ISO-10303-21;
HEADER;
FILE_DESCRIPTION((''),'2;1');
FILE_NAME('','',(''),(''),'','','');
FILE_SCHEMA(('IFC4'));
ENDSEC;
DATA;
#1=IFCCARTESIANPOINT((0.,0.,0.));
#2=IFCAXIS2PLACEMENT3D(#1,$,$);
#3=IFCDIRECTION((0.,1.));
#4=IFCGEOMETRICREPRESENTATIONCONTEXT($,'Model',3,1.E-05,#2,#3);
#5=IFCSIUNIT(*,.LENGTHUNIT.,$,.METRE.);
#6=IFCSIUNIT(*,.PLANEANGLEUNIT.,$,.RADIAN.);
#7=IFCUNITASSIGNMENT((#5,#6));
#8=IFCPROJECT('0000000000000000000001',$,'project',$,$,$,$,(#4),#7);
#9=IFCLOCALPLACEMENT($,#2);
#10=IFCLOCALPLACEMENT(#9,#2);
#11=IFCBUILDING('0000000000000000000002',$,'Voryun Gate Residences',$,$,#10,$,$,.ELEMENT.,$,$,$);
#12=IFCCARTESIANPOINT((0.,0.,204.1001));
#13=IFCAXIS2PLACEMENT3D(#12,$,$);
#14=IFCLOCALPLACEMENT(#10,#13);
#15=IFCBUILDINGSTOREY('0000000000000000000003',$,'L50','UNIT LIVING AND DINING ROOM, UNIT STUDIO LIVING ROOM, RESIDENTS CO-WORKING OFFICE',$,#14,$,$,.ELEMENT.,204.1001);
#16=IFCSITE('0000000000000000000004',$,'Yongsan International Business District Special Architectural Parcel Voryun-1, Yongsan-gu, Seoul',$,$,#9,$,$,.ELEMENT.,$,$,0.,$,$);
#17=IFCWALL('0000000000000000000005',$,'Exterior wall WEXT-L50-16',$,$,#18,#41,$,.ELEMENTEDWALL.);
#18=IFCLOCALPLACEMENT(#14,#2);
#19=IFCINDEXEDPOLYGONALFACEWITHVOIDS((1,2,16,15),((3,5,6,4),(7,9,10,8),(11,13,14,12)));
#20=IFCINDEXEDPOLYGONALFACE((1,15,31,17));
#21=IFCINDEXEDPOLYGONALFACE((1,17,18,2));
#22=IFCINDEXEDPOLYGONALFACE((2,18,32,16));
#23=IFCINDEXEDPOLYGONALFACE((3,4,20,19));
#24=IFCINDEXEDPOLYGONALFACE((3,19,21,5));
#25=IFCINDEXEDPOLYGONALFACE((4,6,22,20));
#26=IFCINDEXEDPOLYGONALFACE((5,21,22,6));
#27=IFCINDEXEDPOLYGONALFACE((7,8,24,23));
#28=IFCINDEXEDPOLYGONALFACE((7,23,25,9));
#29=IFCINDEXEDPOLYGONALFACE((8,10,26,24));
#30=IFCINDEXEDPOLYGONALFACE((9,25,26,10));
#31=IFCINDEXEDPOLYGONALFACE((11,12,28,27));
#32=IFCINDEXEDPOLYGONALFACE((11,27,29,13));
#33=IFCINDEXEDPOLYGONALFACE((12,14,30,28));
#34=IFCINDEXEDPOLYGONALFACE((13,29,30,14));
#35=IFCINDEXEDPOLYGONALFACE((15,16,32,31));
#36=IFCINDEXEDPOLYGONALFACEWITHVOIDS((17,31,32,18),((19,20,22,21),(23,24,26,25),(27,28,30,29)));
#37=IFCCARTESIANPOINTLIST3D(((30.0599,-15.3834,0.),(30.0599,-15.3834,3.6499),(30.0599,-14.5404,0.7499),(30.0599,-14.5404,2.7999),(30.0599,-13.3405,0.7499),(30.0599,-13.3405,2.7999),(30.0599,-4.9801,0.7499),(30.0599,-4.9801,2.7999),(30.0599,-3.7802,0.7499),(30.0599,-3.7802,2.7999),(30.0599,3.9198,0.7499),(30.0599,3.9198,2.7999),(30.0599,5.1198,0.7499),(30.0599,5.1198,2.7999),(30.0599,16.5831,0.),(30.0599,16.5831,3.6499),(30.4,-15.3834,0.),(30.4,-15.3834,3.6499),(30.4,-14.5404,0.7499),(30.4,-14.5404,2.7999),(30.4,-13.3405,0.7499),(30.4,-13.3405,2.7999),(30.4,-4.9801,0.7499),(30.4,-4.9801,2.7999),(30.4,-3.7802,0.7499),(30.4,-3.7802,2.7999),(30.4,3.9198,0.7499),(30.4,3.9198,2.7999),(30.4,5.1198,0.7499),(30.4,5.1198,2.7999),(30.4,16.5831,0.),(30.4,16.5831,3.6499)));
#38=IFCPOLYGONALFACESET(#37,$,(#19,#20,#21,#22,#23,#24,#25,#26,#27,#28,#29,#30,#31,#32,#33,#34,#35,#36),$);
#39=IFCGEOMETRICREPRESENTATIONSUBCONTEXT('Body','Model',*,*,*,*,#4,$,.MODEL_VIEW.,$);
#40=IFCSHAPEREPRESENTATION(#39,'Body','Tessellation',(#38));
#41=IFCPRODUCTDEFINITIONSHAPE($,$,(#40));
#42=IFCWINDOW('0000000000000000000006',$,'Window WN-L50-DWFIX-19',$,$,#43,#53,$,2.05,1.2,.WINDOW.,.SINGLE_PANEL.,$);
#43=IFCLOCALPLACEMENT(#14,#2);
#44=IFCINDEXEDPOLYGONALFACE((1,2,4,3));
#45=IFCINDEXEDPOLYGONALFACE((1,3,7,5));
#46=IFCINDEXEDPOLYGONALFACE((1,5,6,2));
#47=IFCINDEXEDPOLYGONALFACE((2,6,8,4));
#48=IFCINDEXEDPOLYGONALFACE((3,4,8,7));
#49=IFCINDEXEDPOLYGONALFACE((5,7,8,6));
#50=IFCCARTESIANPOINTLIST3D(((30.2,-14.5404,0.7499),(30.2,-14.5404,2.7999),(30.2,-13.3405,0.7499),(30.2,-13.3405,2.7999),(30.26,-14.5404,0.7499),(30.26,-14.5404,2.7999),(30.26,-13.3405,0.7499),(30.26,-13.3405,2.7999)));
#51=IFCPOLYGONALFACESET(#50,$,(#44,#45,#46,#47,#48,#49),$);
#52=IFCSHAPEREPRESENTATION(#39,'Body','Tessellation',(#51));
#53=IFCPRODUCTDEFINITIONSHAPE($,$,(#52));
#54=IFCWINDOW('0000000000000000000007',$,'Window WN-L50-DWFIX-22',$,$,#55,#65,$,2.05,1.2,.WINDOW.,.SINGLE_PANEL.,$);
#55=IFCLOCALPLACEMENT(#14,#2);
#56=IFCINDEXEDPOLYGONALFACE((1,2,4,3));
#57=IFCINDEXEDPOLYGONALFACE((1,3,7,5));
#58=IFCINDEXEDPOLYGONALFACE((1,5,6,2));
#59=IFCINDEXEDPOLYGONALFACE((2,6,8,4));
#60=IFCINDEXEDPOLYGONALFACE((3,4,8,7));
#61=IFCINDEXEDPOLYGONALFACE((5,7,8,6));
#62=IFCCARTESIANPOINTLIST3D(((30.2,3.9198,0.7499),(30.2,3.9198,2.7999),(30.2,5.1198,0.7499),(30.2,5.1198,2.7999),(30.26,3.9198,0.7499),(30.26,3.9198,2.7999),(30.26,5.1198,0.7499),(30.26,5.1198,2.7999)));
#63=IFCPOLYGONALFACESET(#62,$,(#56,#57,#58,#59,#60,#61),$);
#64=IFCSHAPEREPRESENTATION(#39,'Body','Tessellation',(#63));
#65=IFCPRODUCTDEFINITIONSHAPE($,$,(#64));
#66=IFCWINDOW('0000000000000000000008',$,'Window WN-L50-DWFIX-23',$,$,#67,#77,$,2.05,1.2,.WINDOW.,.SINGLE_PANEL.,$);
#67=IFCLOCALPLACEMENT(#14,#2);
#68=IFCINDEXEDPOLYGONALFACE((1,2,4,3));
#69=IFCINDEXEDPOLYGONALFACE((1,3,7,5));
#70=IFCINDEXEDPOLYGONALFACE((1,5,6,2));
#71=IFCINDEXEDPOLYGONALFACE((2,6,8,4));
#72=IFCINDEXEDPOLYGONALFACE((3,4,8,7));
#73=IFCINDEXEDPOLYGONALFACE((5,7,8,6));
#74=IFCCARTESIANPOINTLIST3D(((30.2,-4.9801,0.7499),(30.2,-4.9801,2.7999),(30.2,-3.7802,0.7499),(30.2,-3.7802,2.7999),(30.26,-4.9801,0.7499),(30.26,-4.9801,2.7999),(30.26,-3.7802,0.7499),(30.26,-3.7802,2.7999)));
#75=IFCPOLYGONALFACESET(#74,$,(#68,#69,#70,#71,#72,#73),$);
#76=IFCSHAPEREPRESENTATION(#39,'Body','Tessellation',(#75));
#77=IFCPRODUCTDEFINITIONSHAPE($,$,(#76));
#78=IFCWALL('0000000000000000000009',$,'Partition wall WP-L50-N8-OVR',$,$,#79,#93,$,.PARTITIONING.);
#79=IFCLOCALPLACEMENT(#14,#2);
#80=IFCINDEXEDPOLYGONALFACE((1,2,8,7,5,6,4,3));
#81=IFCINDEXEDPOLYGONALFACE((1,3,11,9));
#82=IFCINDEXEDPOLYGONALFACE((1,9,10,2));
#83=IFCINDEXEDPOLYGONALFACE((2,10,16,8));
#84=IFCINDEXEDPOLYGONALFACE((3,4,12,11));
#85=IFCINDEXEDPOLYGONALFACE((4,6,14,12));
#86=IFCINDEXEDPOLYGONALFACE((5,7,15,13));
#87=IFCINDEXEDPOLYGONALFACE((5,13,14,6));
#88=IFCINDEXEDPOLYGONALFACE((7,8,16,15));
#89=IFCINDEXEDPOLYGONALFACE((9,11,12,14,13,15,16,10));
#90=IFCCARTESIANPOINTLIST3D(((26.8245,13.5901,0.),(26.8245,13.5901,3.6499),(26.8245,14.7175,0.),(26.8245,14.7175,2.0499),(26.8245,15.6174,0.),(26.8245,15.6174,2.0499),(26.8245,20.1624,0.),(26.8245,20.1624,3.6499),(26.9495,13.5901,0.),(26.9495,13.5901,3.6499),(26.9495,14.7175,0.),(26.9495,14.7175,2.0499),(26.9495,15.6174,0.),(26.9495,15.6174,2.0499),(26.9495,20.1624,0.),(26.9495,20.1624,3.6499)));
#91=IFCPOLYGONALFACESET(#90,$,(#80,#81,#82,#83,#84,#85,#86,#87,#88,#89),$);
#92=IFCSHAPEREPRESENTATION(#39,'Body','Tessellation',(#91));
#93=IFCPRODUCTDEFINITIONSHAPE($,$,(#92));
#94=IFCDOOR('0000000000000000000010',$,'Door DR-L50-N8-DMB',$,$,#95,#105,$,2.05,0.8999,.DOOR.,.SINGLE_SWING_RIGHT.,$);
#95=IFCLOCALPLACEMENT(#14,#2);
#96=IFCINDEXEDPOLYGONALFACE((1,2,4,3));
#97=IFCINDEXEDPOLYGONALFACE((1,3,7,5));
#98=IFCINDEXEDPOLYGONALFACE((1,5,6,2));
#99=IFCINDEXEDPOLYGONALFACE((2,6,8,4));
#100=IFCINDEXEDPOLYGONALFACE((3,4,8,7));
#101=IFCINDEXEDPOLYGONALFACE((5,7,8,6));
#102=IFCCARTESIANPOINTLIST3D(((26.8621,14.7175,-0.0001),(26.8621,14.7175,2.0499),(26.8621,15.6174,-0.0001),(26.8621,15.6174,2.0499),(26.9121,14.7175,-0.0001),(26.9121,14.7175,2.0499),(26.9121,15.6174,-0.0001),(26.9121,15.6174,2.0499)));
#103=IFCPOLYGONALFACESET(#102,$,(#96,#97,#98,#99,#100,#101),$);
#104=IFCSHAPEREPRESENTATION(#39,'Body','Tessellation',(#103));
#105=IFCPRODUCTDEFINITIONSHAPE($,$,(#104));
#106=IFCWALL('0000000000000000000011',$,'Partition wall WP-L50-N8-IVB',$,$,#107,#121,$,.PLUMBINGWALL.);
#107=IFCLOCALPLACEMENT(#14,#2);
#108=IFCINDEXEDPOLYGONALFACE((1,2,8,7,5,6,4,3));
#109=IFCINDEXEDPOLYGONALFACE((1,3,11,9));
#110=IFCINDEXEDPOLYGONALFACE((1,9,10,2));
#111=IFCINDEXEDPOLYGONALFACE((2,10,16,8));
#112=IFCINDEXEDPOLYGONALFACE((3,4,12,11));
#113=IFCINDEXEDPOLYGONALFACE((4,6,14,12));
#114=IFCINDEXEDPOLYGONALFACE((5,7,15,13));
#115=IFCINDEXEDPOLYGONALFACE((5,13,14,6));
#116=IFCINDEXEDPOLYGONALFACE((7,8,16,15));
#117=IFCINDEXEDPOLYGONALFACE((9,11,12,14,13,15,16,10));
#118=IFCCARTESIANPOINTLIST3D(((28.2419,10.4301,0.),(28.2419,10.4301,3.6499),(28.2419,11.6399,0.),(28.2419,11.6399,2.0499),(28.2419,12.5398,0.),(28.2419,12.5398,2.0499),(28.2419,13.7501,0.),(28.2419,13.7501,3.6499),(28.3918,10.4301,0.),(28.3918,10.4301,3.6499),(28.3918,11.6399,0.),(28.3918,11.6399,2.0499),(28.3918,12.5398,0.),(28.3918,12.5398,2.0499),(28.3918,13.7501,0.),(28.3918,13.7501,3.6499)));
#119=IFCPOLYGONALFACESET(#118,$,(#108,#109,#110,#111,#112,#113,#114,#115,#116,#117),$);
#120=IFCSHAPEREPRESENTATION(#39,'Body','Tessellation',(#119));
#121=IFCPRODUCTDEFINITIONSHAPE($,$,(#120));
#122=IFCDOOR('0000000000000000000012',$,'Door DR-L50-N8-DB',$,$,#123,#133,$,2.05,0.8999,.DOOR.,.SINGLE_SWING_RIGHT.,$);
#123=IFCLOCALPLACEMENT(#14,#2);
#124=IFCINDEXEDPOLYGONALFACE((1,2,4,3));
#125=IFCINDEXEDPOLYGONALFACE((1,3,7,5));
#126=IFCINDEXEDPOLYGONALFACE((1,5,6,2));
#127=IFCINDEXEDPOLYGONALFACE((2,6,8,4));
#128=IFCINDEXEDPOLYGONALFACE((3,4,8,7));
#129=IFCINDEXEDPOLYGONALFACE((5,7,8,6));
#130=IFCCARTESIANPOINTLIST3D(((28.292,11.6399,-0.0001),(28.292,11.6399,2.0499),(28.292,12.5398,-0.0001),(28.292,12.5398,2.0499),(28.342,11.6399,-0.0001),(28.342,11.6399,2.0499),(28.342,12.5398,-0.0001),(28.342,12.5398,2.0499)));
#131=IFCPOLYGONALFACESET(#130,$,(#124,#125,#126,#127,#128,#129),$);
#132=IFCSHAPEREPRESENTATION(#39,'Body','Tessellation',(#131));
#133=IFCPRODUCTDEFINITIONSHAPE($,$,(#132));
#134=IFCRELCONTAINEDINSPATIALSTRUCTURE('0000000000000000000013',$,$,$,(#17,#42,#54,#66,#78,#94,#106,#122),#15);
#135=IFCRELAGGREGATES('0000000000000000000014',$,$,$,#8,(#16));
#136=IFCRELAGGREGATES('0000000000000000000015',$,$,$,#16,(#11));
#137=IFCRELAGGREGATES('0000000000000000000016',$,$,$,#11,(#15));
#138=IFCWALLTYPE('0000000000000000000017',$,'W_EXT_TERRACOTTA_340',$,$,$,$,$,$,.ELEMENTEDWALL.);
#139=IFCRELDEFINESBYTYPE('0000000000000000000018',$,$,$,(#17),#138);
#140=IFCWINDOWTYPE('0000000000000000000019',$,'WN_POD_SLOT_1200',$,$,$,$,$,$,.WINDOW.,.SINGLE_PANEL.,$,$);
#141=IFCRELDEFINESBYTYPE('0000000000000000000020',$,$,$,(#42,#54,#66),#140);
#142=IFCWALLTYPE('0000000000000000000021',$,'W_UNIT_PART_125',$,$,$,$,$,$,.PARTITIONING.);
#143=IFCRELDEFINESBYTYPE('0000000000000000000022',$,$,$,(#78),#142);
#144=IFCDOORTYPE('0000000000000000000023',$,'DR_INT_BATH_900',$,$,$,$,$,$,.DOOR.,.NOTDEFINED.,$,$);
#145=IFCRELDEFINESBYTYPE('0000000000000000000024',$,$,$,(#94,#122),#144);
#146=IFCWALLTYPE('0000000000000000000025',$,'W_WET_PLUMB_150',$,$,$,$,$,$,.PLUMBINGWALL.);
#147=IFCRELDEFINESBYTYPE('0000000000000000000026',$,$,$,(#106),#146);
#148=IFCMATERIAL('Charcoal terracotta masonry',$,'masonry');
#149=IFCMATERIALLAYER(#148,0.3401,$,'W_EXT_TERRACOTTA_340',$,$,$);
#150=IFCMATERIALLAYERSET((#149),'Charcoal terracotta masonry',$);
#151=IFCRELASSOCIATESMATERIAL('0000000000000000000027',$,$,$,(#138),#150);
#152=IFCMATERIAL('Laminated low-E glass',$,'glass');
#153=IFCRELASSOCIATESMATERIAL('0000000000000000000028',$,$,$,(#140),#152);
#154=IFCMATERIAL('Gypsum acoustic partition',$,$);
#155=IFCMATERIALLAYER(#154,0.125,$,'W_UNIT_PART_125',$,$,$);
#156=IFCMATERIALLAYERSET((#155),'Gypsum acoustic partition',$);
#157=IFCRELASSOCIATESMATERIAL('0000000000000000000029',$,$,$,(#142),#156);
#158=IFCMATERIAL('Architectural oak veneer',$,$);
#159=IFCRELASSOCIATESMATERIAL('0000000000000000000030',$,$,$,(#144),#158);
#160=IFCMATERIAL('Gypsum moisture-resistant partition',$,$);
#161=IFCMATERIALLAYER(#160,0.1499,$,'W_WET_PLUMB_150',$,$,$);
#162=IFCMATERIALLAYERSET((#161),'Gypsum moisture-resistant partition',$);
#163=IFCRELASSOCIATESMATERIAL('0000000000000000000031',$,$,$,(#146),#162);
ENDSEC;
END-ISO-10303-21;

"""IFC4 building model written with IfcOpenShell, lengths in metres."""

from ifc_helpers import new_model, si_unit, direction, frame, frame_2d, origin, place, context, subcontext, project, spatial, rectangle, extrude, material, layer, layer_set, type_object, element, fill, save


model = new_model("IFC4")

# Units and contexts
model_context = context("Model", 3, precision=1e-05, world=origin(), true_north=direction((0.0, 1.0)))
body_context = subcontext(model_context, "Body", "Model", "MODEL_VIEW")
ifc_project = project(units=[si_unit("LENGTHUNIT", "METRE"), si_unit("PLANEANGLEUNIT", "RADIAN")], contexts=[model_context])

# Site, building, storey
site_placement = place(None, origin())
site = spatial("IfcSite", under=ifc_project, at=site_placement, Name="Yongsan International Business District Special Architectural Parcel Voryun-1, Yongsan-gu, Seoul", CompositionType="ELEMENT", RefElevation=0.0)
building_placement = place(site_placement, origin())
building = spatial("IfcBuilding", under=site, at=building_placement, Name="Voryun Gate Residences", CompositionType="ELEMENT")
storey_placement = place(building_placement, frame((0.0, 0.0, 204.1001)))
storey = spatial("IfcBuildingStorey", under=building, at=storey_placement, Name="L50", Description="UNIT LIVING AND DINING ROOM, UNIT STUDIO LIVING ROOM, RESIDENTS CO-WORKING OFFICE", CompositionType="ELEMENT", Elevation=204.1001)

# Shared definitions
ifc_material_1 = material(Name="Charcoal terracotta masonry", Category="masonry")
ifc_layer_1 = layer(ifc_material_1, 0.3401, Name="W_EXT_TERRACOTTA_340")
ifc_layer_set_1 = layer_set([ifc_layer_1], Name="Charcoal terracotta masonry")
wall_type_1 = type_object("IfcWallType", Name="W_EXT_TERRACOTTA_340", PredefinedType="ELEMENTEDWALL", material=ifc_layer_set_1)

# Wall, openings, windows
wall_1_placement = place(storey_placement, frame((30.23, 16.5833, 0.0), z_axis=(0.0, 0.0, 1.0), x_axis=(0.0, -1.0, 0.0)))
wall_1 = element("IfcWall", 1, at=wall_1_placement, inside=storey, type_object=wall_type_1, Name="Exterior wall WEXT-L50-16", PredefinedType="ELEMENTEDWALL", context=body_context, shape_type="SweptSolid", body=[
    extrude(rectangle(XDim=31.9666, YDim=0.3401, at=frame_2d((15.9834, 0.0))), origin(), (0.0, 0.0, 1.0), 3.6499),
])
opening_1_placement = place(wall_1_placement, frame((29.9236, 0.0, 0.75)))
opening_1 = element("IfcOpeningElement", 2, at=opening_1_placement, cuts=wall_1, PredefinedType="OPENING", context=body_context, shape_type="SweptSolid", body=[
    extrude(rectangle(XDim=1.2, YDim=2.05, at=frame_2d((0.6001, 1.0249))), frame((0.0, 0.1799, 0.0), z_axis=(0.0, -1.0, 0.0), x_axis=(1.0, 0.0, 0.0)), (0.0, 0.0, 1.0), 0.3601),
])
opening_2_placement = place(wall_1_placement, frame((11.4634, 0.0, 0.75)))
opening_2 = element("IfcOpeningElement", 3, at=opening_2_placement, cuts=wall_1, PredefinedType="OPENING", context=body_context, shape_type="SweptSolid", body=[
    extrude(rectangle(XDim=1.2, YDim=2.05, at=frame_2d((0.6001, 1.0249))), frame((0.0, 0.1799, 0.0), z_axis=(0.0, -1.0, 0.0), x_axis=(1.0, 0.0, 0.0)), (0.0, 0.0, 1.0), 0.3601),
])
opening_3_placement = place(wall_1_placement, frame((20.3633, 0.0, 0.75)))
opening_3 = element("IfcOpeningElement", 4, at=opening_3_placement, cuts=wall_1, PredefinedType="OPENING", context=body_context, shape_type="SweptSolid", body=[
    extrude(rectangle(XDim=1.2, YDim=2.05, at=frame_2d((0.6001, 1.0249))), frame((0.0, 0.1799, 0.0), z_axis=(0.0, -1.0, 0.0), x_axis=(1.0, 0.0, 0.0)), (0.0, 0.0, 1.0), 0.3601),
])
ifc_material_2 = material(Name="Laminated low-E glass", Category="glass")
window_type = type_object("IfcWindowType", Name="WN_POD_SLOT_1200", PartitioningType="SINGLE_PANEL", PredefinedType="WINDOW", material=ifc_material_2)
window_1_placement = place(opening_1_placement, origin())
window_1 = element("IfcWindow", 5, at=window_1_placement, inside=storey, type_object=window_type, Name="Window WN-L50-DWFIX-19", OverallHeight=2.05, OverallWidth=1.2, PartitioningType="SINGLE_PANEL", PredefinedType="WINDOW", context=body_context, shape_type="SweptSolid", body=[
    extrude(rectangle(XDim=1.2, YDim=2.05, at=frame_2d((0.6001, 1.0249))), frame((0.0, 0.03, 0.0), z_axis=(0.0, -1.0, 0.0), x_axis=(1.0, 0.0, 0.0)), (0.0, 0.0, 1.0), 0.0601),
])
fill(opening_1, window_1)
window_2_placement = place(opening_2_placement, origin())
window_2 = element("IfcWindow", 6, at=window_2_placement, inside=storey, type_object=window_type, Name="Window WN-L50-DWFIX-22", OverallHeight=2.05, OverallWidth=1.2, PartitioningType="SINGLE_PANEL", PredefinedType="WINDOW", context=body_context, shape_type="SweptSolid", body=[
    extrude(rectangle(XDim=1.2, YDim=2.05, at=frame_2d((0.6001, 1.0249))), frame((0.0, 0.03, 0.0), z_axis=(0.0, -1.0, 0.0), x_axis=(1.0, 0.0, 0.0)), (0.0, 0.0, 1.0), 0.0601),
])
fill(opening_2, window_2)
window_3_placement = place(opening_3_placement, origin())
window_3 = element("IfcWindow", 7, at=window_3_placement, inside=storey, type_object=window_type, Name="Window WN-L50-DWFIX-23", OverallHeight=2.05, OverallWidth=1.2, PartitioningType="SINGLE_PANEL", PredefinedType="WINDOW", context=body_context, shape_type="SweptSolid", body=[
    extrude(rectangle(XDim=1.2, YDim=2.05, at=frame_2d((0.6001, 1.0249))), frame((0.0, 0.03, 0.0), z_axis=(0.0, -1.0, 0.0), x_axis=(1.0, 0.0, 0.0)), (0.0, 0.0, 1.0), 0.0601),
])
fill(opening_3, window_3)

# Walls, openings, doors
ifc_material_3 = material(Name="Gypsum acoustic partition")
ifc_layer_2 = layer(ifc_material_3, 0.125, Name="W_UNIT_PART_125")
ifc_layer_set_2 = layer_set([ifc_layer_2], Name="Gypsum acoustic partition")
wall_type_2 = type_object("IfcWallType", Name="W_UNIT_PART_125", PredefinedType="PARTITIONING", material=ifc_layer_set_2)
wall_2_placement = place(storey_placement, frame((26.887, 13.5901, 0.0), z_axis=(0.0, 0.0, 1.0), x_axis=(0.0, 1.0, 0.0)))
wall_2 = element("IfcWall", 8, at=wall_2_placement, inside=storey, type_object=wall_type_2, Name="Partition wall WP-L50-N8-OVR", PredefinedType="PARTITIONING", context=body_context, shape_type="SweptSolid", body=[
    extrude(rectangle(XDim=6.5723, YDim=0.125, at=frame_2d((3.2861, 0.0))), origin(), (0.0, 0.0, 1.0), 3.6499),
])
opening_4_placement = place(wall_2_placement, frame((1.1274, 0.0, 0.0)))
opening_4 = element("IfcOpeningElement", 9, at=opening_4_placement, cuts=wall_2, PredefinedType="OPENING", context=body_context, shape_type="SweptSolid", body=[
    extrude(rectangle(XDim=0.8999, YDim=2.05, at=frame_2d((0.45, 1.0249))), frame((0.0, 0.0725, 0.0), z_axis=(0.0, -1.0, 0.0), x_axis=(1.0, 0.0, 0.0)), (0.0, 0.0, 1.0), 0.145),
])
ifc_material_4 = material(Name="Architectural oak veneer")
door_type = type_object("IfcDoorType", Name="DR_INT_BATH_900", OperationType="NOTDEFINED", PredefinedType="DOOR", material=ifc_material_4)
door_1_placement = place(opening_4_placement, origin())
door_1 = element("IfcDoor", 10, at=door_1_placement, inside=storey, type_object=door_type, Name="Door DR-L50-N8-DMB", OperationType="SINGLE_SWING_RIGHT", OverallHeight=2.05, OverallWidth=0.8999, PredefinedType="DOOR", context=body_context, shape_type="SweptSolid", body=[
    extrude(rectangle(XDim=0.8999, YDim=2.05, at=frame_2d((0.45, 1.0249))), frame((0.0, 0.0249, 0.0), z_axis=(0.0, -1.0, 0.0), x_axis=(1.0, 0.0, 0.0)), (0.0, 0.0, 1.0), 0.05),
])
fill(opening_4, door_1)
ifc_material_5 = material(Name="Gypsum moisture-resistant partition")
ifc_layer_3 = layer(ifc_material_5, 0.1499, Name="W_WET_PLUMB_150")
ifc_layer_set_3 = layer_set([ifc_layer_3], Name="Gypsum moisture-resistant partition")
wall_type_3 = type_object("IfcWallType", Name="W_WET_PLUMB_150", PredefinedType="PLUMBINGWALL", material=ifc_layer_set_3)
wall_3_placement = place(storey_placement, frame((28.3169, 10.4299, 0.0), z_axis=(0.0, 0.0, 1.0), x_axis=(0.0, 1.0, 0.0)))
wall_3 = element("IfcWall", 11, at=wall_3_placement, inside=storey, type_object=wall_type_3, Name="Partition wall WP-L50-N8-IVB", PredefinedType="PLUMBINGWALL", context=body_context, shape_type="SweptSolid", body=[
    extrude(rectangle(XDim=3.3201, YDim=0.1499, at=frame_2d((1.6602, 0.0))), origin(), (0.0, 0.0, 1.0), 3.6499),
])
opening_5_placement = place(wall_3_placement, frame((1.21, 0.0, 0.0)))
opening_5 = element("IfcOpeningElement", 12, at=opening_5_placement, cuts=wall_3, PredefinedType="OPENING", context=body_context, shape_type="SweptSolid", body=[
    extrude(rectangle(XDim=0.8999, YDim=2.05, at=frame_2d((0.45, 1.0249))), frame((0.0, 0.085, 0.0), z_axis=(0.0, -1.0, 0.0), x_axis=(1.0, 0.0, 0.0)), (0.0, 0.0, 1.0), 0.1699),
])
door_2_placement = place(opening_5_placement, origin())
door_2 = element("IfcDoor", 13, at=door_2_placement, inside=storey, type_object=door_type, Name="Door DR-L50-N8-DB", OperationType="SINGLE_SWING_RIGHT", OverallHeight=2.05, OverallWidth=0.8999, PredefinedType="DOOR", context=body_context, shape_type="SweptSolid", body=[
    extrude(rectangle(XDim=0.8999, YDim=2.05, at=frame_2d((0.45, 1.0249))), frame((0.0, 0.0249, 0.0), z_axis=(0.0, -1.0, 0.0), x_axis=(1.0, 0.0, 0.0)), (0.0, 0.0, 1.0), 0.05),
])
fill(opening_5, door_2)

save(model, "model.ifc")
